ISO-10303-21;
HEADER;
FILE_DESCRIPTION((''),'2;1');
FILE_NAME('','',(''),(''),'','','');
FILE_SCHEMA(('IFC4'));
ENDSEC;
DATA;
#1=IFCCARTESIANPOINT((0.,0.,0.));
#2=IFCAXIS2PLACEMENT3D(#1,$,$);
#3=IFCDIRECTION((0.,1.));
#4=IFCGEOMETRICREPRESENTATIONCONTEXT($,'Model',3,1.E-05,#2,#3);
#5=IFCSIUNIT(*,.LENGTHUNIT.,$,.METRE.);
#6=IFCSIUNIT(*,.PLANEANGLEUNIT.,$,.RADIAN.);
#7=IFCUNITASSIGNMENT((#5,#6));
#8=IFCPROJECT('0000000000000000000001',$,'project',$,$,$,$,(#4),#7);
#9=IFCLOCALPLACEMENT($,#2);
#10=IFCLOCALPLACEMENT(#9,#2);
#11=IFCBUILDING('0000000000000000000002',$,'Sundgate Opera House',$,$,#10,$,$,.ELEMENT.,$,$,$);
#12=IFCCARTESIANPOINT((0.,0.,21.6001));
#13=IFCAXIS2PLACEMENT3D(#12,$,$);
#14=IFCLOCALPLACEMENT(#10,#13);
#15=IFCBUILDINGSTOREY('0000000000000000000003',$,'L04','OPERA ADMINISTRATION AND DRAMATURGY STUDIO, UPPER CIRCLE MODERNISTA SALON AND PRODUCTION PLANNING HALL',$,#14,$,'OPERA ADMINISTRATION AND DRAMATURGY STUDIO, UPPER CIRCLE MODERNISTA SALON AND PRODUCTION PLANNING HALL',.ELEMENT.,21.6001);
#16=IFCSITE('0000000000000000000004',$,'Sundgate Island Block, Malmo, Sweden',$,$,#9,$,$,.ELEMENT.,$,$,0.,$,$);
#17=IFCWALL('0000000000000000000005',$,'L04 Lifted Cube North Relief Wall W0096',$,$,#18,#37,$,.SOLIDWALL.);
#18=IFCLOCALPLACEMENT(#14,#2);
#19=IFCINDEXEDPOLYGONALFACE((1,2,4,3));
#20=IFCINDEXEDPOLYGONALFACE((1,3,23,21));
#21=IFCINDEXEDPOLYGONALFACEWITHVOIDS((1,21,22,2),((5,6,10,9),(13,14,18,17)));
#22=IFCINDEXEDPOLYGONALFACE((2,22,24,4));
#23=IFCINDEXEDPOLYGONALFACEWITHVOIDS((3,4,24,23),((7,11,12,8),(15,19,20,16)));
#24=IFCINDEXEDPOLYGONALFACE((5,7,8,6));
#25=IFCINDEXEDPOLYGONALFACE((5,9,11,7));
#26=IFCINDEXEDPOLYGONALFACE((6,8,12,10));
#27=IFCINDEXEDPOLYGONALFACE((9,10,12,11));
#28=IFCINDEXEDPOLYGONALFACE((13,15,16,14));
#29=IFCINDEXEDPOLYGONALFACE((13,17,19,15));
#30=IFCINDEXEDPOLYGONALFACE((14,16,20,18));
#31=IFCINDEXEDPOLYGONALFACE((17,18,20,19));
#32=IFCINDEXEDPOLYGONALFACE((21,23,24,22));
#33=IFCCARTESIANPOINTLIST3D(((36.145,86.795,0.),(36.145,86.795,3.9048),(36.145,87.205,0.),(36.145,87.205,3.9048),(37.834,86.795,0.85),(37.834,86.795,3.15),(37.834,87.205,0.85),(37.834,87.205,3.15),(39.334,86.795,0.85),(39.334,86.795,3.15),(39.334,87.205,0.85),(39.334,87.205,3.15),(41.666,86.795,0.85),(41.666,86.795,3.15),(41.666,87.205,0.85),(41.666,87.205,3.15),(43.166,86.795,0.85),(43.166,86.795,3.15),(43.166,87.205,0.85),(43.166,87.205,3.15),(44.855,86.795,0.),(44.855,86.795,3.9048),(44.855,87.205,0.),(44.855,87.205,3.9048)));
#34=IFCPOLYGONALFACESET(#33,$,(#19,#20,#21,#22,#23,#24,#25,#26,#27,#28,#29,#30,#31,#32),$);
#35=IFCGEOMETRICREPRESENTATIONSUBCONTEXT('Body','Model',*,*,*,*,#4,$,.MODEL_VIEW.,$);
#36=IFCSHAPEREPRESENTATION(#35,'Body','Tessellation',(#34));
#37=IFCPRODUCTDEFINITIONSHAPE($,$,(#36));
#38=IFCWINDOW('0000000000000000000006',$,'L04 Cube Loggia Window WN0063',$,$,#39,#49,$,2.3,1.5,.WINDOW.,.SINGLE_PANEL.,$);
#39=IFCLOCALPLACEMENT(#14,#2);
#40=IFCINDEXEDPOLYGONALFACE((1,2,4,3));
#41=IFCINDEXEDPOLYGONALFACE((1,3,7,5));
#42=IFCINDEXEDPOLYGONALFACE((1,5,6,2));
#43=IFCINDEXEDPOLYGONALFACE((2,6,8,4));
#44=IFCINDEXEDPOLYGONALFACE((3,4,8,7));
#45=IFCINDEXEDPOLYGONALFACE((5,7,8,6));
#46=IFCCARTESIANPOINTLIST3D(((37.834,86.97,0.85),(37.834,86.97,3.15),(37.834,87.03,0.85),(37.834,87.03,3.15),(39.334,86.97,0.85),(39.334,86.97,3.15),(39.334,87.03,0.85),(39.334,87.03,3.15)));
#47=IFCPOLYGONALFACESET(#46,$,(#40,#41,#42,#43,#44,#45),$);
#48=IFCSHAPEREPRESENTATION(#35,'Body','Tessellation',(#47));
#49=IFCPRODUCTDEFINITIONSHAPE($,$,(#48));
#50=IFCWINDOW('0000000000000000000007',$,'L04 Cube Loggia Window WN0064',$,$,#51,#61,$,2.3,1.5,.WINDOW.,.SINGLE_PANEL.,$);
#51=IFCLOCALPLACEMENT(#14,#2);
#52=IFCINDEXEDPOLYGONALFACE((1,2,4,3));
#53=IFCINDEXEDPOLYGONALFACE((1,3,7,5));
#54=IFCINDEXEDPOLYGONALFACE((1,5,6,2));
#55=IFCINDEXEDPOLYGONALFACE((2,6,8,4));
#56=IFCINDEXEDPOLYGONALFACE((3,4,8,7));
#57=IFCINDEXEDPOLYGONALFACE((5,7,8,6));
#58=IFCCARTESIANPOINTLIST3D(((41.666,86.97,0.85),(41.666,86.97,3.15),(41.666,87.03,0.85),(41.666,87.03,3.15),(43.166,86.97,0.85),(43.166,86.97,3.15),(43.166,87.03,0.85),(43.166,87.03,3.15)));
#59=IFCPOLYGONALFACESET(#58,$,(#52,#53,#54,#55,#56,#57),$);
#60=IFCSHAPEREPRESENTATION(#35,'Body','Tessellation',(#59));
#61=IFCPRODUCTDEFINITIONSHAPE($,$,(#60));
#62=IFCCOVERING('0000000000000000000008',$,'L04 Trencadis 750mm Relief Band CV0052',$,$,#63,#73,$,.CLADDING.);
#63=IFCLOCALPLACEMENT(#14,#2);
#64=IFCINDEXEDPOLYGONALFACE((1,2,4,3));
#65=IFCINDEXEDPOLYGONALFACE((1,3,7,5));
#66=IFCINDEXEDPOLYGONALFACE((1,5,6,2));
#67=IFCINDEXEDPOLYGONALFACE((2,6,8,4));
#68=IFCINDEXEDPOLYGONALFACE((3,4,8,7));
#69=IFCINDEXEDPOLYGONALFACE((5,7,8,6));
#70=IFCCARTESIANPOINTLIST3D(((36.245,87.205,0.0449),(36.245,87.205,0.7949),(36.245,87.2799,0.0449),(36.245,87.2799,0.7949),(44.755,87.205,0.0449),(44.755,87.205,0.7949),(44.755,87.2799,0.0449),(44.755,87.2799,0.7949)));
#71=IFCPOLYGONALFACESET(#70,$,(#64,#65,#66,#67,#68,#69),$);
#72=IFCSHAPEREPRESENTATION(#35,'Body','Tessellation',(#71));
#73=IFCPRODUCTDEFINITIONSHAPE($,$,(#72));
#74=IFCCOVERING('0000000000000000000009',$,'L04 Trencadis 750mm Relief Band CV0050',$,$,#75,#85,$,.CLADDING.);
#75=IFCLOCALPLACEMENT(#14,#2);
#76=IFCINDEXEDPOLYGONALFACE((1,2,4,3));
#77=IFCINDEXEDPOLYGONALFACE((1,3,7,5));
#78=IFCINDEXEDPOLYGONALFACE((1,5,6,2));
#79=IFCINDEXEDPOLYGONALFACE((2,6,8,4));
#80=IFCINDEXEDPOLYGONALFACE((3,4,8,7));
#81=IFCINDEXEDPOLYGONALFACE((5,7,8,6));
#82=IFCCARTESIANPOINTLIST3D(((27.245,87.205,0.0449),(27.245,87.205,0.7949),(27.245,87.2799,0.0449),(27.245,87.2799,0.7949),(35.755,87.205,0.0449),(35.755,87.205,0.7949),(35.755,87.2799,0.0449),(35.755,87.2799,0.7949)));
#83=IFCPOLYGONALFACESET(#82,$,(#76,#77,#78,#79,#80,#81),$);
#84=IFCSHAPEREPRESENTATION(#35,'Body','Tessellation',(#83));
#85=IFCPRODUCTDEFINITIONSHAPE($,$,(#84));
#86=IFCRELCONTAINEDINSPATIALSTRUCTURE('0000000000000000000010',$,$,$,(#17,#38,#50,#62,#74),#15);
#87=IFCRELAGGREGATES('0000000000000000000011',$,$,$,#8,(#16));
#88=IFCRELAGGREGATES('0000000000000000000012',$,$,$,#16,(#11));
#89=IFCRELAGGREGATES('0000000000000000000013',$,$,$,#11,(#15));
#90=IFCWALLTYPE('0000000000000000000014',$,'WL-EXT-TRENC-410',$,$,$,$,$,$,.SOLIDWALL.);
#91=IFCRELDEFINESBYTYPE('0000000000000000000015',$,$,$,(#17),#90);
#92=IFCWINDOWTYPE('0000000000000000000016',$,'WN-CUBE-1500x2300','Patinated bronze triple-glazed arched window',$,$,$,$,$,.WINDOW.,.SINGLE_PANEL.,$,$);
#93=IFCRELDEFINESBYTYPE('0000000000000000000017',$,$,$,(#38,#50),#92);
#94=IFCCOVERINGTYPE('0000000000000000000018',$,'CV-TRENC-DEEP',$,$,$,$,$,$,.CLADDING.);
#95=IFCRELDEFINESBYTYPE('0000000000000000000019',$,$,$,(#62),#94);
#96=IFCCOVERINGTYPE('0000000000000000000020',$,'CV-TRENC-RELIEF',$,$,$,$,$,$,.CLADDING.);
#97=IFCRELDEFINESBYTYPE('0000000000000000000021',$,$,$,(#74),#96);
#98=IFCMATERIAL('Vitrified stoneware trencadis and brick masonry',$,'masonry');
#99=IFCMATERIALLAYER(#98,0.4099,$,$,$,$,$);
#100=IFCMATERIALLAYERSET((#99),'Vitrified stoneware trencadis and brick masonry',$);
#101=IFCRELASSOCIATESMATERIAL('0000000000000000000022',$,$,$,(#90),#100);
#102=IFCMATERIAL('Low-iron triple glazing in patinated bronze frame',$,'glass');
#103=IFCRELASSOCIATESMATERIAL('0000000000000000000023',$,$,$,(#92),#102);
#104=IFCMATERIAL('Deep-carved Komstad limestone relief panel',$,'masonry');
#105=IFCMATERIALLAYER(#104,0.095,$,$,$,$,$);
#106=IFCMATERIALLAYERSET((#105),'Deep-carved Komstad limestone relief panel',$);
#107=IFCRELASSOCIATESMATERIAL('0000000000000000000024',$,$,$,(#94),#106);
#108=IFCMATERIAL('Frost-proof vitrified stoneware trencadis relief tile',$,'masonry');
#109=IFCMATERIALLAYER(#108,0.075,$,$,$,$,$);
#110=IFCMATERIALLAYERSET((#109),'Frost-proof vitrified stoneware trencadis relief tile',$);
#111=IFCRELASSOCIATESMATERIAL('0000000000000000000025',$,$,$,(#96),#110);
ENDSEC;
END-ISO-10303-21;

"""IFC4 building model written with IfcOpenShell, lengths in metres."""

from ifc_helpers import new_model, si_unit, direction, frame, frame_2d, origin, origin_2d, place, context, subcontext, project, spatial, rectangle, extrude, material, layer, layer_set, type_object, element, fill, save


model = new_model("IFC4")

# Units and contexts
model_context = context("Model", 3, precision=1e-05, world=origin(), true_north=direction((0.0, 1.0)))
body_context = subcontext(model_context, "Body", "Model", "MODEL_VIEW")
ifc_project = project(units=[si_unit("LENGTHUNIT", "METRE"), si_unit("PLANEANGLEUNIT", "RADIAN")], contexts=[model_context])

# Site, building, storey
site_placement = place(None, origin())
site = spatial("IfcSite", under=ifc_project, at=site_placement, Name="Sundgate Island Block, Malmo, Sweden", CompositionType="ELEMENT", RefElevation=0.0)
building_placement = place(site_placement, origin())
building = spatial("IfcBuilding", under=site, at=building_placement, Name="Sundgate Opera House", CompositionType="ELEMENT")
storey_placement = place(building_placement, frame((0.0, 0.0, 21.6001)))
storey = spatial("IfcBuildingStorey", under=building, at=storey_placement, Name="L04", Description="OPERA ADMINISTRATION AND DRAMATURGY STUDIO, UPPER CIRCLE MODERNISTA SALON AND PRODUCTION PLANNING HALL", LongName="OPERA ADMINISTRATION AND DRAMATURGY STUDIO, UPPER CIRCLE MODERNISTA SALON AND PRODUCTION PLANNING HALL", CompositionType="ELEMENT", Elevation=21.6001)

# Wall, openings, windows
ifc_material_1 = material(Name="Vitrified stoneware trencadis and brick masonry", Category="masonry")
ifc_layer_1 = layer(ifc_material_1, 0.4099)
ifc_layer_set_1 = layer_set([ifc_layer_1], Name="Vitrified stoneware trencadis and brick masonry")
wall_type = type_object("IfcWallType", Name="WL-EXT-TRENC-410", PredefinedType="SOLIDWALL", material=ifc_layer_set_1)
ifc_material_2 = material(Name="Low-iron triple glazing in patinated bronze frame", Category="glass")
window_type = type_object("IfcWindowType", Name="WN-CUBE-1500x2300", Description="Patinated bronze triple-glazed arched window", PartitioningType="SINGLE_PANEL", PredefinedType="WINDOW", material=ifc_material_2)
wall_1_placement = place(storey_placement, frame((36.145, 87.0, 0.0), z_axis=(0.0, 0.0, 1.0), x_axis=(1.0, 0.0, 0.0)))
wall_1 = element("IfcWall", 1, at=wall_1_placement, inside=storey, type_object=wall_type, Name="L04 Lifted Cube North Relief Wall W0096", PredefinedType="SOLIDWALL", context=body_context, shape_type="SweptSolid", body=[
    extrude(rectangle(XDim=8.71, YDim=0.4099, at=frame_2d((4.355, 0.0))), origin(), (0.0, 0.0, 1.0), 3.9048),
])
opening_1_placement = place(wall_1_placement, frame((1.689, 0.0, 0.8501)))
opening_1 = element("IfcOpeningElement", 2, at=opening_1_placement, cuts=wall_1, PredefinedType="OPENING", context=body_context, shape_type="SweptSolid", body=[
    extrude(rectangle(XDim=1.5, YDim=2.3, at=frame_2d((0.75, 1.1499))), frame((0.0, 0.2148, 0.0), z_axis=(0.0, -1.0, 0.0), x_axis=(1.0, 0.0, 0.0)), (0.0, 0.0, 1.0), 0.4299),
])
opening_2_placement = place(wall_1_placement, frame((5.521, 0.0, 0.8501)))
opening_2 = element("IfcOpeningElement", 3, at=opening_2_placement, cuts=wall_1, PredefinedType="OPENING", context=body_context, shape_type="SweptSolid", body=[
    extrude(rectangle(XDim=1.5, YDim=2.3, at=frame_2d((0.75, 1.1499))), frame((0.0, 0.2148, 0.0), z_axis=(0.0, -1.0, 0.0), x_axis=(1.0, 0.0, 0.0)), (0.0, 0.0, 1.0), 0.4299),
])
window_1_placement = place(opening_1_placement, origin())
window_1 = element("IfcWindow", 4, at=window_1_placement, inside=storey, type_object=window_type, Name="L04 Cube Loggia Window WN0063", OverallHeight=2.3, OverallWidth=1.5, PartitioningType="SINGLE_PANEL", PredefinedType="WINDOW", context=body_context, shape_type="SweptSolid", body=[
    extrude(rectangle(XDim=1.5, YDim=2.3, at=frame_2d((0.75, 1.1499))), frame((0.0, 0.03, 0.0), z_axis=(0.0, -1.0, 0.0), x_axis=(1.0, 0.0, 0.0)), (0.0, 0.0, 1.0), 0.0601),
])
fill(opening_1, window_1)
window_2_placement = place(opening_2_placement, origin())
window_2 = element("IfcWindow", 5, at=window_2_placement, inside=storey, type_object=window_type, Name="L04 Cube Loggia Window WN0064", OverallHeight=2.3, OverallWidth=1.5, PartitioningType="SINGLE_PANEL", PredefinedType="WINDOW", context=body_context, shape_type="SweptSolid", body=[
    extrude(rectangle(XDim=1.5, YDim=2.3, at=frame_2d((0.75, 1.1499))), frame((0.0, 0.03, 0.0), z_axis=(0.0, -1.0, 0.0), x_axis=(1.0, 0.0, 0.0)), (0.0, 0.0, 1.0), 0.0601),
])
fill(opening_2, window_2)

# Coverings
ifc_material_3 = material(Name="Deep-carved Komstad limestone relief panel", Category="masonry")
ifc_layer_2 = layer(ifc_material_3, 0.095)
ifc_layer_set_2 = layer_set([ifc_layer_2], Name="Deep-carved Komstad limestone relief panel")
covering_type_1 = type_object("IfcCoveringType", Name="CV-TRENC-DEEP", PredefinedType="CLADDING", material=ifc_layer_set_2)
covering_1_placement = place(storey_placement, frame((40.5, 87.2424, 0.0449), z_axis=(0.0, 0.0, 1.0), x_axis=(1.0, 0.0, 0.0)))
element("IfcCovering", 6, at=covering_1_placement, inside=storey, type_object=covering_type_1, Name="L04 Trencadis 750mm Relief Band CV0052", PredefinedType="CLADDING", context=body_context, shape_type="SweptSolid", body=[
    extrude(rectangle(XDim=8.51, YDim=0.075, at=origin_2d()), origin(), (0.0, 0.0, 1.0), 0.75),
])
ifc_material_4 = material(Name="Frost-proof vitrified stoneware trencadis relief tile", Category="masonry")
ifc_layer_3 = layer(ifc_material_4, 0.075)
ifc_layer_set_3 = layer_set([ifc_layer_3], Name="Frost-proof vitrified stoneware trencadis relief tile")
covering_type_2 = type_object("IfcCoveringType", Name="CV-TRENC-RELIEF", PredefinedType="CLADDING", material=ifc_layer_set_3)
covering_2_placement = place(storey_placement, frame((31.5, 87.2424, 0.0449), z_axis=(0.0, 0.0, 1.0), x_axis=(1.0, 0.0, 0.0)))
element("IfcCovering", 7, at=covering_2_placement, inside=storey, type_object=covering_type_2, Name="L04 Trencadis 750mm Relief Band CV0050", PredefinedType="CLADDING", context=body_context, shape_type="SweptSolid", body=[
    extrude(rectangle(XDim=8.51, YDim=0.075, at=origin_2d()), origin(), (0.0, 0.0, 1.0), 0.75),
])

save(model, "model.ifc")
